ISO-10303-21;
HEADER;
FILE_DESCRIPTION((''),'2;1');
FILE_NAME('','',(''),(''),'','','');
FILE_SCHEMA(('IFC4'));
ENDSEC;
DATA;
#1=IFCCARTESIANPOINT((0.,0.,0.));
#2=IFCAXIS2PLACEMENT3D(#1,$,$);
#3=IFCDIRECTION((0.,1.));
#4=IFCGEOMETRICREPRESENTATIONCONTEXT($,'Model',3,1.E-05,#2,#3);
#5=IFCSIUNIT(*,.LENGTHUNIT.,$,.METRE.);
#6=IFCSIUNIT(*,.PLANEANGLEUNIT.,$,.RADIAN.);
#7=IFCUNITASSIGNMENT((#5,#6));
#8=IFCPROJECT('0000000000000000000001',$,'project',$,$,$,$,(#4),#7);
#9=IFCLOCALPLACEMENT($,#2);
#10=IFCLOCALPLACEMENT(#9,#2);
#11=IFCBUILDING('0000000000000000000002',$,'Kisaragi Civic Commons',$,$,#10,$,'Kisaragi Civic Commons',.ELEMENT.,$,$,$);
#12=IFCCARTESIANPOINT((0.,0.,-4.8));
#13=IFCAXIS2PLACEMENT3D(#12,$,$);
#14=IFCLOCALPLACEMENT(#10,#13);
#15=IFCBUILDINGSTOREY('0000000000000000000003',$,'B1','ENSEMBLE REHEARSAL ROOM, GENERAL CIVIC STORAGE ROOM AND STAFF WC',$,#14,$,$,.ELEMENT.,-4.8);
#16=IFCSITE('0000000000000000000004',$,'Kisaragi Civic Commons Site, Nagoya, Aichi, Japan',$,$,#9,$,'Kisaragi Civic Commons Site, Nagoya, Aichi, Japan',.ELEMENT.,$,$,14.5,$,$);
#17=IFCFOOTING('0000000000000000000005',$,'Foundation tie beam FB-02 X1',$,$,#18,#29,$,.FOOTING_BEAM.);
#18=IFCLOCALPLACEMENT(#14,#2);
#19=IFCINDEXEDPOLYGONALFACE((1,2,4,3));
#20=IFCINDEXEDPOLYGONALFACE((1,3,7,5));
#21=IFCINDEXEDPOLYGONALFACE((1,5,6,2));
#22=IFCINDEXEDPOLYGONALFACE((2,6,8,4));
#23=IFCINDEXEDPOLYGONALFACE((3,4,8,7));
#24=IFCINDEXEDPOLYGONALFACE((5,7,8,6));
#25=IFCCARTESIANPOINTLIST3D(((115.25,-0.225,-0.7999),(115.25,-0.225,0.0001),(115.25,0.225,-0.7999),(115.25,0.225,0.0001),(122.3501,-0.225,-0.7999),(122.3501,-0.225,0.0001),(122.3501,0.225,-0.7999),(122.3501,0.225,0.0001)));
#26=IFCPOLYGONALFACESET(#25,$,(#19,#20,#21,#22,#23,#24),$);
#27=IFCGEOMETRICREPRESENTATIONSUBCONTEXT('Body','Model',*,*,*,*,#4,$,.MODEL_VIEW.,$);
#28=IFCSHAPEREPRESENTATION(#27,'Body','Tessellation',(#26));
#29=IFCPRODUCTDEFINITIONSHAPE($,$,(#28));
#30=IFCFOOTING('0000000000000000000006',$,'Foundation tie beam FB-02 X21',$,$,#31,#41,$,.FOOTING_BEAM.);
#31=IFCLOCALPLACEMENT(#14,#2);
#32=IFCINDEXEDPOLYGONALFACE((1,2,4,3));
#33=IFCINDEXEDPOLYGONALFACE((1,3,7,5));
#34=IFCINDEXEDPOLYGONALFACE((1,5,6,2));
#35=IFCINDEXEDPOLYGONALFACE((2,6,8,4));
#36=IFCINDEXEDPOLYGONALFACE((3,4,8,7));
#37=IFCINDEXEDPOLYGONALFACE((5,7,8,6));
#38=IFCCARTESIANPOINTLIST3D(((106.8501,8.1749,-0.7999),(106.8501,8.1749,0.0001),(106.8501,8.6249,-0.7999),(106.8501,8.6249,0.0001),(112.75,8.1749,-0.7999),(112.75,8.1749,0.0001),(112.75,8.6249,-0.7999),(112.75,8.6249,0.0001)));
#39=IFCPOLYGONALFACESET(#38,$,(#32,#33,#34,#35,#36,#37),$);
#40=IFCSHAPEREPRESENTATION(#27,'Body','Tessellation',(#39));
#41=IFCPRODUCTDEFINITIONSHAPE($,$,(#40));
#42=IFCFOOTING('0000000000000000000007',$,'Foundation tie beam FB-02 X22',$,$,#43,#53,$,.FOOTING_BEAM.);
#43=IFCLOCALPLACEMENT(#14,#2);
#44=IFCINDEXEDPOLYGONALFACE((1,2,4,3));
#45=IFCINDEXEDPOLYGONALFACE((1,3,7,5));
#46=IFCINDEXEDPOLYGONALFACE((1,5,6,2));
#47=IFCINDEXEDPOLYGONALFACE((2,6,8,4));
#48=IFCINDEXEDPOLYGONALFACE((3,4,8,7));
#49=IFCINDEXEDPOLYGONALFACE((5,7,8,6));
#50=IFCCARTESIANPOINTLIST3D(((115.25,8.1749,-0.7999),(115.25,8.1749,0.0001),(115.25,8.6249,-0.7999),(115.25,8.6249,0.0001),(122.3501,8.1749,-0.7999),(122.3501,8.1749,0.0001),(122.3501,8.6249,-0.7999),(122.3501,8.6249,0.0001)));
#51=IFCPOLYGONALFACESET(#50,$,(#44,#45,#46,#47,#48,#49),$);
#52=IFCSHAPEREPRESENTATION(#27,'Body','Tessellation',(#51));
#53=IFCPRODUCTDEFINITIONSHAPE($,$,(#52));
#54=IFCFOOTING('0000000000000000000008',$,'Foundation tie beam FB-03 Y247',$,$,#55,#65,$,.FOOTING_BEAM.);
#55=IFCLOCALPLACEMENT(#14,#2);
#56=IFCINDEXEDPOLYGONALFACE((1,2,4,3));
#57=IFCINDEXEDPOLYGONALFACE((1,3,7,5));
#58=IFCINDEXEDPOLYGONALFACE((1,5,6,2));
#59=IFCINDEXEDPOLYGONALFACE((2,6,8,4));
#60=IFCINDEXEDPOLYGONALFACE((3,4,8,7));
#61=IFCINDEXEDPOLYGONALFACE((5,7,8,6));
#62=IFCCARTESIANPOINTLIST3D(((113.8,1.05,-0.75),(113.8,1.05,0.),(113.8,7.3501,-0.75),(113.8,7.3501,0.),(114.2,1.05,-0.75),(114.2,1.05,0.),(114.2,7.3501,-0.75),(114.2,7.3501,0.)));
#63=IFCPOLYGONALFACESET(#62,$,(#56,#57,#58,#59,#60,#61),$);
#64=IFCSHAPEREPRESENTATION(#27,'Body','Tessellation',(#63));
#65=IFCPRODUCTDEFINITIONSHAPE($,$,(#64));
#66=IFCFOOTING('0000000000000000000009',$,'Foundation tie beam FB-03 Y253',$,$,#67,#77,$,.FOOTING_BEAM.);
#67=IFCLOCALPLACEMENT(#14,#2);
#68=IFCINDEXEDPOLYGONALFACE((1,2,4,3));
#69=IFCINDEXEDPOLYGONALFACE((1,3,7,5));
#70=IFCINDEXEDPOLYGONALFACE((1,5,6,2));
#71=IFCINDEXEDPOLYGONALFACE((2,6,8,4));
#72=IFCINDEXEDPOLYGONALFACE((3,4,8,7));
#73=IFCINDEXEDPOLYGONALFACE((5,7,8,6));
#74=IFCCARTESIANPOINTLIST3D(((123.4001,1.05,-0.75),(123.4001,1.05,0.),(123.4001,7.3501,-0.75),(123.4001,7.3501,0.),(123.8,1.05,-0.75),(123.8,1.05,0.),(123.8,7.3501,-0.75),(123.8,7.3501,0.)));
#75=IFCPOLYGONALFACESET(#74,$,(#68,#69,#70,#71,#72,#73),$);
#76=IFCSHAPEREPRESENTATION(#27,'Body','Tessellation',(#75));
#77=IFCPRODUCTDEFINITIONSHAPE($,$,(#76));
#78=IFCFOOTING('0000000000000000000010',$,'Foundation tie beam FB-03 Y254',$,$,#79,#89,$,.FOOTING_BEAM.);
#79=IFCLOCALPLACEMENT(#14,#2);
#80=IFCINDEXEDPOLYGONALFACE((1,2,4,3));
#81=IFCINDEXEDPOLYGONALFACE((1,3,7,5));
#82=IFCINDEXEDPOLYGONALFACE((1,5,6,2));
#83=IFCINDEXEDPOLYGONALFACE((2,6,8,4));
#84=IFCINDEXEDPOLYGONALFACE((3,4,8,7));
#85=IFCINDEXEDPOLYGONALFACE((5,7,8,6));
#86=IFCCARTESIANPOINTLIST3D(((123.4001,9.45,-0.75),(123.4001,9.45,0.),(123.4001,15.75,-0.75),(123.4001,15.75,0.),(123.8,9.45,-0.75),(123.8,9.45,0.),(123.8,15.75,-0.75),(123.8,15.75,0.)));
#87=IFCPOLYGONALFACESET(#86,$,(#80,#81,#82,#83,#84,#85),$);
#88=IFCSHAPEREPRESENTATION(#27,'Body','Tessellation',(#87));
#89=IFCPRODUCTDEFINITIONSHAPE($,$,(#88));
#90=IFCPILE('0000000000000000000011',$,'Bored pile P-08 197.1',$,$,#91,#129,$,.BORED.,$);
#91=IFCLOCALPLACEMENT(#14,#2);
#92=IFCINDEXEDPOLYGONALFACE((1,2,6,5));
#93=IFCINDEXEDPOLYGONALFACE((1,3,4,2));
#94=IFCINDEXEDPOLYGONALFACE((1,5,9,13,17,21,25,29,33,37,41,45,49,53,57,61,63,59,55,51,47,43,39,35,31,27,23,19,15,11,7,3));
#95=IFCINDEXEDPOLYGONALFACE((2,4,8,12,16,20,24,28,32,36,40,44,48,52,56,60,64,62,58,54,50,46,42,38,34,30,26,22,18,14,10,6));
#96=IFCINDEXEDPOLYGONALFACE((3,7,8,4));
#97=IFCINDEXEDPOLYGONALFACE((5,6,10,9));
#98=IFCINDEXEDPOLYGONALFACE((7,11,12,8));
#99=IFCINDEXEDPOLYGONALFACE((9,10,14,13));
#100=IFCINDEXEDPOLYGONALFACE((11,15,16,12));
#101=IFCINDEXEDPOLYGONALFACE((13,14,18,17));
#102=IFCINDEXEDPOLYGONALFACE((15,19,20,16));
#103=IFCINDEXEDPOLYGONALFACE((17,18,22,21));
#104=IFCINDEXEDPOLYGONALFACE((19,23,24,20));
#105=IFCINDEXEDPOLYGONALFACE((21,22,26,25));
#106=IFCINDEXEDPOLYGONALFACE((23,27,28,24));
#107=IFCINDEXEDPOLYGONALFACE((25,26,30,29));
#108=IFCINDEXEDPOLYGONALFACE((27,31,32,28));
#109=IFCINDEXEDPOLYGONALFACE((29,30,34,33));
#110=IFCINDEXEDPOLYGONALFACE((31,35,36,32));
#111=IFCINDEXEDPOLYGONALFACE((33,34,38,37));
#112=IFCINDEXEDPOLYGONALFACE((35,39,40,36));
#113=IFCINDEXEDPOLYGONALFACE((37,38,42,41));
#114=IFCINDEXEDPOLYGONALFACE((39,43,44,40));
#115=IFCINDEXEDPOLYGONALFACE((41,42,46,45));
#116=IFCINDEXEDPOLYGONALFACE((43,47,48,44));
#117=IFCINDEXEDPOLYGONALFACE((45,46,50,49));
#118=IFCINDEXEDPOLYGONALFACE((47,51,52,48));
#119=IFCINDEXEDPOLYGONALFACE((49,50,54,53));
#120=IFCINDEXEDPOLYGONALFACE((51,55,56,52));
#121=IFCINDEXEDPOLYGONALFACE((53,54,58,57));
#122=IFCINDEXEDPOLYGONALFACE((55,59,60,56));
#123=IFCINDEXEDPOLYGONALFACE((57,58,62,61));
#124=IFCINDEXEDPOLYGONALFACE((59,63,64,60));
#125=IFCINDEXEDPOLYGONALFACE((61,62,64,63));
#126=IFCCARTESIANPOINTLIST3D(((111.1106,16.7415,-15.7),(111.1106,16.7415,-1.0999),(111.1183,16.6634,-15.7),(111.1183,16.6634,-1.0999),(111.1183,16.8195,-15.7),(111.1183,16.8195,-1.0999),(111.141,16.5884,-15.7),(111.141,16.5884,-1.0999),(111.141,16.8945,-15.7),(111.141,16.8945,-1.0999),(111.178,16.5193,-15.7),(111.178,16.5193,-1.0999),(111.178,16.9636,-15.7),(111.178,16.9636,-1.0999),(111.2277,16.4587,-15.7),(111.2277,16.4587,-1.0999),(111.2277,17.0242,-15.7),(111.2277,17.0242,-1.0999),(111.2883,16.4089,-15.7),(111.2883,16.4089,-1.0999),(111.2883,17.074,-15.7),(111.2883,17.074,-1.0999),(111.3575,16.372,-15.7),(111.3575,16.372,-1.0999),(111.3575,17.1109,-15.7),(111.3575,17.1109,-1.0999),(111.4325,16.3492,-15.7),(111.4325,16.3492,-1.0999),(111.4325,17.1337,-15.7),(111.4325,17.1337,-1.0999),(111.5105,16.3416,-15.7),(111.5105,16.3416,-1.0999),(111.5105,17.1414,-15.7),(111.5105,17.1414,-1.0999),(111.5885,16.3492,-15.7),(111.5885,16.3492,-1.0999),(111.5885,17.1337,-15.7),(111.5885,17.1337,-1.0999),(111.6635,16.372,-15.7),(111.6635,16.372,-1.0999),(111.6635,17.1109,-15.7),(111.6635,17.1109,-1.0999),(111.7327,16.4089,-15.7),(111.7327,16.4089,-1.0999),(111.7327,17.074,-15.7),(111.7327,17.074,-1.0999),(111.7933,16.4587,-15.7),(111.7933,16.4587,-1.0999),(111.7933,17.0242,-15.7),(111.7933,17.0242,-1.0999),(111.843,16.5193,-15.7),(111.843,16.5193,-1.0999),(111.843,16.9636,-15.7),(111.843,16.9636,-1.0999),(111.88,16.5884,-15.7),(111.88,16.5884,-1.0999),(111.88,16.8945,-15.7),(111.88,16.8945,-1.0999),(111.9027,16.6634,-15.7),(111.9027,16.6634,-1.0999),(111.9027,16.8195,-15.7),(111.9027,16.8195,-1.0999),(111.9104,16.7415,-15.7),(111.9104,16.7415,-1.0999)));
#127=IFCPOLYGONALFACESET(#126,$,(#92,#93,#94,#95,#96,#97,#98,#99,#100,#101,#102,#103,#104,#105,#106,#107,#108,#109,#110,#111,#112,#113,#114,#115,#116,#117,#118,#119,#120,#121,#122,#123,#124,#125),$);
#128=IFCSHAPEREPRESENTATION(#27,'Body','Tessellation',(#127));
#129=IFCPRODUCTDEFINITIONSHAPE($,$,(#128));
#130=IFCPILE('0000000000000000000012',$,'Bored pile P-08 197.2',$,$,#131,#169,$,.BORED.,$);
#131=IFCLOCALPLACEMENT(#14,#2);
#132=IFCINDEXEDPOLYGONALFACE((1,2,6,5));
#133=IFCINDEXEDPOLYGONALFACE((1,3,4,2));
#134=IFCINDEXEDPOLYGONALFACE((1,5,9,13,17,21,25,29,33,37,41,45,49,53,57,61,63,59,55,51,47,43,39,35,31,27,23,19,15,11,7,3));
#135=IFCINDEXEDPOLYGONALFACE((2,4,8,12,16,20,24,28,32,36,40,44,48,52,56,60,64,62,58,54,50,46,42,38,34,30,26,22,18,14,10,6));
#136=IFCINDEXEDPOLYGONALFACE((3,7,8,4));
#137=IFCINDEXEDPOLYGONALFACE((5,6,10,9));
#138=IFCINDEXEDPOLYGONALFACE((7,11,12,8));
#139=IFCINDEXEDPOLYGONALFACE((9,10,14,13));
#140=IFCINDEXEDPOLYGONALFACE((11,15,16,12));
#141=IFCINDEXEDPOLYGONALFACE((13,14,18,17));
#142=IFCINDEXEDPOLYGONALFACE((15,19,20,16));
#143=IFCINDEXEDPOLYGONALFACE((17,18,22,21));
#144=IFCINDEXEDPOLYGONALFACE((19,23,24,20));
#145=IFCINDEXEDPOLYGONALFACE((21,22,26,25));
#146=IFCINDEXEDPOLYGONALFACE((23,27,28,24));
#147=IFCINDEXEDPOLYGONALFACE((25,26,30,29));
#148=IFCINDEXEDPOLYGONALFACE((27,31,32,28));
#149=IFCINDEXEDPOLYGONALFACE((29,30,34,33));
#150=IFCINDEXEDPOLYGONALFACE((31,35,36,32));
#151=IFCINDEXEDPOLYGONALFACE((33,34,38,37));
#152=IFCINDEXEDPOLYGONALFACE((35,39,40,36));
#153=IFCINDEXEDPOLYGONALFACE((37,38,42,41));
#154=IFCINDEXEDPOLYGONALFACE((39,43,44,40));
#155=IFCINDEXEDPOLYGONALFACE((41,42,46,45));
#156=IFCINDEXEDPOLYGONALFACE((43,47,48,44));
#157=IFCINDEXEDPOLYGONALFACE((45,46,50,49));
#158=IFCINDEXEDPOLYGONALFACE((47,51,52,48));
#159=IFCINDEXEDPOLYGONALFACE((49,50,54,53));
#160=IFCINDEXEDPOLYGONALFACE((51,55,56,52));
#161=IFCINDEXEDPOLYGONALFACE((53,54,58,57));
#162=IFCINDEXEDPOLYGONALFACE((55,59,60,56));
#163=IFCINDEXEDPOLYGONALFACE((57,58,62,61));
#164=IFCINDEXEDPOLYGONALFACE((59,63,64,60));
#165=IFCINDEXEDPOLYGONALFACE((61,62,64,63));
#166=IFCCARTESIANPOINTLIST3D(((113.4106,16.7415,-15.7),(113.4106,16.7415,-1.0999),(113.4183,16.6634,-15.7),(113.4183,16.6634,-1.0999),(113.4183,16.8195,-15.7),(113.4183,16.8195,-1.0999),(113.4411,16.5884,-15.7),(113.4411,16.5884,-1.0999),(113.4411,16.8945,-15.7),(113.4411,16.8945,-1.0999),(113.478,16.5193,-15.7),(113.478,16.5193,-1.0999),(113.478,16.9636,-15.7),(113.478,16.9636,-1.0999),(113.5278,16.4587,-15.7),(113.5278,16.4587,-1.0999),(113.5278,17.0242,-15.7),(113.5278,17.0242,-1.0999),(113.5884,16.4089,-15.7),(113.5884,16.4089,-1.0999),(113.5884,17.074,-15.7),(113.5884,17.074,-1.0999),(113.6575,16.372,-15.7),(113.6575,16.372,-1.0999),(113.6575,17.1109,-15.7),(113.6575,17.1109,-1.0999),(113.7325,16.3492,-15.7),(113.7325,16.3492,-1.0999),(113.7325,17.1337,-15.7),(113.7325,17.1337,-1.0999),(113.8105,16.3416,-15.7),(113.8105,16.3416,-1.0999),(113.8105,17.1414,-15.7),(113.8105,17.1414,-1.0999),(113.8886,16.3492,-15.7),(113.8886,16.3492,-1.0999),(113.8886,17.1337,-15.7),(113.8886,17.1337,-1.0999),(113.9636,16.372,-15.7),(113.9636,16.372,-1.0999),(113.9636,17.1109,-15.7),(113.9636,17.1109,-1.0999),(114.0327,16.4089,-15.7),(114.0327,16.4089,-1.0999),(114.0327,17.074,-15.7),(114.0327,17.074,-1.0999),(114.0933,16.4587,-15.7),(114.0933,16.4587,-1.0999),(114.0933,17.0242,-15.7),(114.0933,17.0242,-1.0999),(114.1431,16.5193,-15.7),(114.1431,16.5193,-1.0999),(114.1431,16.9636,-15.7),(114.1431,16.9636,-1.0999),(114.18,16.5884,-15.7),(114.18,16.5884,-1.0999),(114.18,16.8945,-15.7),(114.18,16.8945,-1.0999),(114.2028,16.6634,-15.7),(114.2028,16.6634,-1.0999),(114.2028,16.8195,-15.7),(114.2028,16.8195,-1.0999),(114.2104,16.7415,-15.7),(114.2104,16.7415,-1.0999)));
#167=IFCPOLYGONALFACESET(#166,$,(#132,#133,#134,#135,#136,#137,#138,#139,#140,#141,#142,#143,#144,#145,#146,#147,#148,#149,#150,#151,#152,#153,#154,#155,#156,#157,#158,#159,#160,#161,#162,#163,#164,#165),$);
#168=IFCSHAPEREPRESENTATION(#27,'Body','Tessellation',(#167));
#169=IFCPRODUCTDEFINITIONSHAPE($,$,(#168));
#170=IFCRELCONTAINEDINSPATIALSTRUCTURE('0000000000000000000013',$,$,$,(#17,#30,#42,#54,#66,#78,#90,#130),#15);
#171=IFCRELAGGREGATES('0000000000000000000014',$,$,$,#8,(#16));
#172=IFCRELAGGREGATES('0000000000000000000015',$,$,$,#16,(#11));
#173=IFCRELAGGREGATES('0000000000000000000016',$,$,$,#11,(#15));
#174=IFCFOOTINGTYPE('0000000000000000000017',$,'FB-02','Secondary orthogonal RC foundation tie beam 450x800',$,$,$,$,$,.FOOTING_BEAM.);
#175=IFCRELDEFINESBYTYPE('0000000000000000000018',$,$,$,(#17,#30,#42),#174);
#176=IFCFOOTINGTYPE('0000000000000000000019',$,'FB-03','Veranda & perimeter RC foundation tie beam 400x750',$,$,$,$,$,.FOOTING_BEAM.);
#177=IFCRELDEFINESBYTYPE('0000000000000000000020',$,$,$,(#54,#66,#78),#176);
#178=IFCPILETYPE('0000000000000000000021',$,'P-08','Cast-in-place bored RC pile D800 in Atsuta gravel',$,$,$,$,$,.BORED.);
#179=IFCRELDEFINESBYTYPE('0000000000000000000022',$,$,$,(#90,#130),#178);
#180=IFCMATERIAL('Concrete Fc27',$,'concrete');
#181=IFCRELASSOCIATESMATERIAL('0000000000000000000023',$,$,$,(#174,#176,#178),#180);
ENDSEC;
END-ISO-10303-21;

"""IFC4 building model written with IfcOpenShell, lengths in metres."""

from ifc_helpers import new_model, si_unit, direction, frame, origin, origin_2d, place, context, subcontext, project, spatial, rectangle, circle, extrude, material, material_profile, profile_set, type_object, element, save


model = new_model("IFC4")

# Units and contexts
model_context = context("Model", 3, precision=1e-05, world=origin(), true_north=direction((0.0, 1.0)))
body_context = subcontext(model_context, "Body", "Model", "MODEL_VIEW")
ifc_project = project(units=[si_unit("LENGTHUNIT", "METRE"), si_unit("PLANEANGLEUNIT", "RADIAN")], contexts=[model_context])

# Site, building, storey
site_placement = place(None, origin())
site = spatial("IfcSite", under=ifc_project, at=site_placement, Name="Kisaragi Civic Commons Site, Nagoya, Aichi, Japan", LongName="Kisaragi Civic Commons Site, Nagoya, Aichi, Japan", CompositionType="ELEMENT", RefElevation=14.5)
building_placement = place(site_placement, origin())
building = spatial("IfcBuilding", under=site, at=building_placement, Name="Kisaragi Civic Commons", LongName="Kisaragi Civic Commons", CompositionType="ELEMENT")
storey_placement = place(building_placement, frame((0.0, 0.0, -4.8)))
storey = spatial("IfcBuildingStorey", under=building, at=storey_placement, Name="B1", Description="ENSEMBLE REHEARSAL ROOM, GENERAL CIVIC STORAGE ROOM AND STAFF WC", CompositionType="ELEMENT", Elevation=-4.8)

# Footings
ifc_material_1 = material(Name="Concrete Fc27", Category="concrete")
ifc_material_profile_1 = material_profile(ifc_material_1, rectangle(XDim=0.45, YDim=0.8, at=origin_2d()), Name="RC-450x800", Category="concrete")
ifc_profile_set_1 = profile_set([ifc_material_profile_1], Name="Concrete Fc27")
footing_type_1 = type_object("IfcFootingType", Name="FB-02", Description="Secondary orthogonal RC foundation tie beam 450x800", PredefinedType="FOOTING_BEAM", material=ifc_profile_set_1)
footing_1_placement = place(storey_placement, frame((115.25, 0.0, -0.3999), z_axis=(1.0, 0.0, 0.0), x_axis=(0.0, 1.0, 0.0)))
element("IfcFooting", 1, at=footing_1_placement, inside=storey, type_object=footing_type_1, Name="Foundation tie beam FB-02 X1", PredefinedType="FOOTING_BEAM", context=body_context, shape_type="SweptSolid", body=[
    extrude(rectangle(XDim=0.45, YDim=0.8, at=origin_2d()), origin(), (0.0, 0.0, 1.0), 7.1001),
])
footing_2_placement = place(storey_placement, frame((106.8501, 8.3999, -0.3999), z_axis=(1.0, 0.0, 0.0), x_axis=(0.0, 1.0, 0.0)))
element("IfcFooting", 2, at=footing_2_placement, inside=storey, type_object=footing_type_1, Name="Foundation tie beam FB-02 X21", PredefinedType="FOOTING_BEAM", context=body_context, shape_type="SweptSolid", body=[
    extrude(rectangle(XDim=0.45, YDim=0.8, at=origin_2d()), origin(), (0.0, 0.0, 1.0), 5.8999),
])
footing_3_placement = place(storey_placement, frame((115.25, 8.3999, -0.3999), z_axis=(1.0, 0.0, 0.0), x_axis=(0.0, 1.0, 0.0)))
element("IfcFooting", 3, at=footing_3_placement, inside=storey, type_object=footing_type_1, Name="Foundation tie beam FB-02 X22", PredefinedType="FOOTING_BEAM", context=body_context, shape_type="SweptSolid", body=[
    extrude(rectangle(XDim=0.45, YDim=0.8, at=origin_2d()), origin(), (0.0, 0.0, 1.0), 7.1001),
])
ifc_material_profile_2 = material_profile(ifc_material_1, rectangle(XDim=0.3999, YDim=0.75, at=origin_2d()), Name="RC-400x750", Category="concrete")
ifc_profile_set_2 = profile_set([ifc_material_profile_2], Name="Concrete Fc27")
footing_type_2 = type_object("IfcFootingType", Name="FB-03", Description="Veranda & perimeter RC foundation tie beam 400x750", PredefinedType="FOOTING_BEAM", material=ifc_profile_set_2)
for number, where, z_axis, x_axis, name in (
    (4, (114.0, 1.05, -0.375), (0.0, 1.0, 0.0), (-1.0, 0.0, 0.0), "Foundation tie beam FB-03 Y247"),
    (5, (123.6001, 1.05, -0.375), (0.0, 1.0, 0.0), (-1.0, 0.0, 0.0), "Foundation tie beam FB-03 Y253"),
    (6, (123.6001, 9.45, -0.375), (0.0, 1.0, 0.0), (-1.0, 0.0, 0.0), "Foundation tie beam FB-03 Y254"),
):
    element("IfcFooting", number, at=place(storey_placement, frame(where, z_axis=z_axis, x_axis=x_axis)), inside=storey, type_object=footing_type_2, Name=name, PredefinedType="FOOTING_BEAM", context=body_context, shape_type="SweptSolid", body=[
        extrude(rectangle(XDim=0.3999, YDim=0.75, at=origin_2d()), origin(), (0.0, 0.0, 1.0), 6.3),
    ])

# Piles
ifc_material_profile_3 = material_profile(ifc_material_1, circle(Radius=0.3999, at=origin_2d()), Name="PILE-D800", Category="concrete")
ifc_profile_set_3 = profile_set([ifc_material_profile_3], Name="Concrete Fc27")
pile_type_1 = type_object("IfcPileType", Name="P-08", Description="Cast-in-place bored RC pile D800 in Atsuta gravel", PredefinedType="BORED", material=ifc_profile_set_3)
for number, where, z_axis, x_axis, name in (
    (7, (111.5105, 16.7415, -1.0999), (0.0, 0.0, -1.0), (1.0, 0.0, 0.0), "Bored pile P-08 197.1"),
    (8, (113.8105, 16.7415, -1.0999), (0.0, 0.0, -1.0), (1.0, 0.0, 0.0), "Bored pile P-08 197.2"),
):
    element("IfcPile", number, at=place(storey_placement, frame(where, z_axis=z_axis, x_axis=x_axis)), inside=storey, type_object=pile_type_1, Name=name, PredefinedType="BORED", context=body_context, shape_type="SweptSolid", body=[
        extrude(circle(Radius=0.3999, at=origin_2d()), origin(), (0.0, 0.0, 1.0), 14.6001),
    ])

save(model, "model.ifc")
